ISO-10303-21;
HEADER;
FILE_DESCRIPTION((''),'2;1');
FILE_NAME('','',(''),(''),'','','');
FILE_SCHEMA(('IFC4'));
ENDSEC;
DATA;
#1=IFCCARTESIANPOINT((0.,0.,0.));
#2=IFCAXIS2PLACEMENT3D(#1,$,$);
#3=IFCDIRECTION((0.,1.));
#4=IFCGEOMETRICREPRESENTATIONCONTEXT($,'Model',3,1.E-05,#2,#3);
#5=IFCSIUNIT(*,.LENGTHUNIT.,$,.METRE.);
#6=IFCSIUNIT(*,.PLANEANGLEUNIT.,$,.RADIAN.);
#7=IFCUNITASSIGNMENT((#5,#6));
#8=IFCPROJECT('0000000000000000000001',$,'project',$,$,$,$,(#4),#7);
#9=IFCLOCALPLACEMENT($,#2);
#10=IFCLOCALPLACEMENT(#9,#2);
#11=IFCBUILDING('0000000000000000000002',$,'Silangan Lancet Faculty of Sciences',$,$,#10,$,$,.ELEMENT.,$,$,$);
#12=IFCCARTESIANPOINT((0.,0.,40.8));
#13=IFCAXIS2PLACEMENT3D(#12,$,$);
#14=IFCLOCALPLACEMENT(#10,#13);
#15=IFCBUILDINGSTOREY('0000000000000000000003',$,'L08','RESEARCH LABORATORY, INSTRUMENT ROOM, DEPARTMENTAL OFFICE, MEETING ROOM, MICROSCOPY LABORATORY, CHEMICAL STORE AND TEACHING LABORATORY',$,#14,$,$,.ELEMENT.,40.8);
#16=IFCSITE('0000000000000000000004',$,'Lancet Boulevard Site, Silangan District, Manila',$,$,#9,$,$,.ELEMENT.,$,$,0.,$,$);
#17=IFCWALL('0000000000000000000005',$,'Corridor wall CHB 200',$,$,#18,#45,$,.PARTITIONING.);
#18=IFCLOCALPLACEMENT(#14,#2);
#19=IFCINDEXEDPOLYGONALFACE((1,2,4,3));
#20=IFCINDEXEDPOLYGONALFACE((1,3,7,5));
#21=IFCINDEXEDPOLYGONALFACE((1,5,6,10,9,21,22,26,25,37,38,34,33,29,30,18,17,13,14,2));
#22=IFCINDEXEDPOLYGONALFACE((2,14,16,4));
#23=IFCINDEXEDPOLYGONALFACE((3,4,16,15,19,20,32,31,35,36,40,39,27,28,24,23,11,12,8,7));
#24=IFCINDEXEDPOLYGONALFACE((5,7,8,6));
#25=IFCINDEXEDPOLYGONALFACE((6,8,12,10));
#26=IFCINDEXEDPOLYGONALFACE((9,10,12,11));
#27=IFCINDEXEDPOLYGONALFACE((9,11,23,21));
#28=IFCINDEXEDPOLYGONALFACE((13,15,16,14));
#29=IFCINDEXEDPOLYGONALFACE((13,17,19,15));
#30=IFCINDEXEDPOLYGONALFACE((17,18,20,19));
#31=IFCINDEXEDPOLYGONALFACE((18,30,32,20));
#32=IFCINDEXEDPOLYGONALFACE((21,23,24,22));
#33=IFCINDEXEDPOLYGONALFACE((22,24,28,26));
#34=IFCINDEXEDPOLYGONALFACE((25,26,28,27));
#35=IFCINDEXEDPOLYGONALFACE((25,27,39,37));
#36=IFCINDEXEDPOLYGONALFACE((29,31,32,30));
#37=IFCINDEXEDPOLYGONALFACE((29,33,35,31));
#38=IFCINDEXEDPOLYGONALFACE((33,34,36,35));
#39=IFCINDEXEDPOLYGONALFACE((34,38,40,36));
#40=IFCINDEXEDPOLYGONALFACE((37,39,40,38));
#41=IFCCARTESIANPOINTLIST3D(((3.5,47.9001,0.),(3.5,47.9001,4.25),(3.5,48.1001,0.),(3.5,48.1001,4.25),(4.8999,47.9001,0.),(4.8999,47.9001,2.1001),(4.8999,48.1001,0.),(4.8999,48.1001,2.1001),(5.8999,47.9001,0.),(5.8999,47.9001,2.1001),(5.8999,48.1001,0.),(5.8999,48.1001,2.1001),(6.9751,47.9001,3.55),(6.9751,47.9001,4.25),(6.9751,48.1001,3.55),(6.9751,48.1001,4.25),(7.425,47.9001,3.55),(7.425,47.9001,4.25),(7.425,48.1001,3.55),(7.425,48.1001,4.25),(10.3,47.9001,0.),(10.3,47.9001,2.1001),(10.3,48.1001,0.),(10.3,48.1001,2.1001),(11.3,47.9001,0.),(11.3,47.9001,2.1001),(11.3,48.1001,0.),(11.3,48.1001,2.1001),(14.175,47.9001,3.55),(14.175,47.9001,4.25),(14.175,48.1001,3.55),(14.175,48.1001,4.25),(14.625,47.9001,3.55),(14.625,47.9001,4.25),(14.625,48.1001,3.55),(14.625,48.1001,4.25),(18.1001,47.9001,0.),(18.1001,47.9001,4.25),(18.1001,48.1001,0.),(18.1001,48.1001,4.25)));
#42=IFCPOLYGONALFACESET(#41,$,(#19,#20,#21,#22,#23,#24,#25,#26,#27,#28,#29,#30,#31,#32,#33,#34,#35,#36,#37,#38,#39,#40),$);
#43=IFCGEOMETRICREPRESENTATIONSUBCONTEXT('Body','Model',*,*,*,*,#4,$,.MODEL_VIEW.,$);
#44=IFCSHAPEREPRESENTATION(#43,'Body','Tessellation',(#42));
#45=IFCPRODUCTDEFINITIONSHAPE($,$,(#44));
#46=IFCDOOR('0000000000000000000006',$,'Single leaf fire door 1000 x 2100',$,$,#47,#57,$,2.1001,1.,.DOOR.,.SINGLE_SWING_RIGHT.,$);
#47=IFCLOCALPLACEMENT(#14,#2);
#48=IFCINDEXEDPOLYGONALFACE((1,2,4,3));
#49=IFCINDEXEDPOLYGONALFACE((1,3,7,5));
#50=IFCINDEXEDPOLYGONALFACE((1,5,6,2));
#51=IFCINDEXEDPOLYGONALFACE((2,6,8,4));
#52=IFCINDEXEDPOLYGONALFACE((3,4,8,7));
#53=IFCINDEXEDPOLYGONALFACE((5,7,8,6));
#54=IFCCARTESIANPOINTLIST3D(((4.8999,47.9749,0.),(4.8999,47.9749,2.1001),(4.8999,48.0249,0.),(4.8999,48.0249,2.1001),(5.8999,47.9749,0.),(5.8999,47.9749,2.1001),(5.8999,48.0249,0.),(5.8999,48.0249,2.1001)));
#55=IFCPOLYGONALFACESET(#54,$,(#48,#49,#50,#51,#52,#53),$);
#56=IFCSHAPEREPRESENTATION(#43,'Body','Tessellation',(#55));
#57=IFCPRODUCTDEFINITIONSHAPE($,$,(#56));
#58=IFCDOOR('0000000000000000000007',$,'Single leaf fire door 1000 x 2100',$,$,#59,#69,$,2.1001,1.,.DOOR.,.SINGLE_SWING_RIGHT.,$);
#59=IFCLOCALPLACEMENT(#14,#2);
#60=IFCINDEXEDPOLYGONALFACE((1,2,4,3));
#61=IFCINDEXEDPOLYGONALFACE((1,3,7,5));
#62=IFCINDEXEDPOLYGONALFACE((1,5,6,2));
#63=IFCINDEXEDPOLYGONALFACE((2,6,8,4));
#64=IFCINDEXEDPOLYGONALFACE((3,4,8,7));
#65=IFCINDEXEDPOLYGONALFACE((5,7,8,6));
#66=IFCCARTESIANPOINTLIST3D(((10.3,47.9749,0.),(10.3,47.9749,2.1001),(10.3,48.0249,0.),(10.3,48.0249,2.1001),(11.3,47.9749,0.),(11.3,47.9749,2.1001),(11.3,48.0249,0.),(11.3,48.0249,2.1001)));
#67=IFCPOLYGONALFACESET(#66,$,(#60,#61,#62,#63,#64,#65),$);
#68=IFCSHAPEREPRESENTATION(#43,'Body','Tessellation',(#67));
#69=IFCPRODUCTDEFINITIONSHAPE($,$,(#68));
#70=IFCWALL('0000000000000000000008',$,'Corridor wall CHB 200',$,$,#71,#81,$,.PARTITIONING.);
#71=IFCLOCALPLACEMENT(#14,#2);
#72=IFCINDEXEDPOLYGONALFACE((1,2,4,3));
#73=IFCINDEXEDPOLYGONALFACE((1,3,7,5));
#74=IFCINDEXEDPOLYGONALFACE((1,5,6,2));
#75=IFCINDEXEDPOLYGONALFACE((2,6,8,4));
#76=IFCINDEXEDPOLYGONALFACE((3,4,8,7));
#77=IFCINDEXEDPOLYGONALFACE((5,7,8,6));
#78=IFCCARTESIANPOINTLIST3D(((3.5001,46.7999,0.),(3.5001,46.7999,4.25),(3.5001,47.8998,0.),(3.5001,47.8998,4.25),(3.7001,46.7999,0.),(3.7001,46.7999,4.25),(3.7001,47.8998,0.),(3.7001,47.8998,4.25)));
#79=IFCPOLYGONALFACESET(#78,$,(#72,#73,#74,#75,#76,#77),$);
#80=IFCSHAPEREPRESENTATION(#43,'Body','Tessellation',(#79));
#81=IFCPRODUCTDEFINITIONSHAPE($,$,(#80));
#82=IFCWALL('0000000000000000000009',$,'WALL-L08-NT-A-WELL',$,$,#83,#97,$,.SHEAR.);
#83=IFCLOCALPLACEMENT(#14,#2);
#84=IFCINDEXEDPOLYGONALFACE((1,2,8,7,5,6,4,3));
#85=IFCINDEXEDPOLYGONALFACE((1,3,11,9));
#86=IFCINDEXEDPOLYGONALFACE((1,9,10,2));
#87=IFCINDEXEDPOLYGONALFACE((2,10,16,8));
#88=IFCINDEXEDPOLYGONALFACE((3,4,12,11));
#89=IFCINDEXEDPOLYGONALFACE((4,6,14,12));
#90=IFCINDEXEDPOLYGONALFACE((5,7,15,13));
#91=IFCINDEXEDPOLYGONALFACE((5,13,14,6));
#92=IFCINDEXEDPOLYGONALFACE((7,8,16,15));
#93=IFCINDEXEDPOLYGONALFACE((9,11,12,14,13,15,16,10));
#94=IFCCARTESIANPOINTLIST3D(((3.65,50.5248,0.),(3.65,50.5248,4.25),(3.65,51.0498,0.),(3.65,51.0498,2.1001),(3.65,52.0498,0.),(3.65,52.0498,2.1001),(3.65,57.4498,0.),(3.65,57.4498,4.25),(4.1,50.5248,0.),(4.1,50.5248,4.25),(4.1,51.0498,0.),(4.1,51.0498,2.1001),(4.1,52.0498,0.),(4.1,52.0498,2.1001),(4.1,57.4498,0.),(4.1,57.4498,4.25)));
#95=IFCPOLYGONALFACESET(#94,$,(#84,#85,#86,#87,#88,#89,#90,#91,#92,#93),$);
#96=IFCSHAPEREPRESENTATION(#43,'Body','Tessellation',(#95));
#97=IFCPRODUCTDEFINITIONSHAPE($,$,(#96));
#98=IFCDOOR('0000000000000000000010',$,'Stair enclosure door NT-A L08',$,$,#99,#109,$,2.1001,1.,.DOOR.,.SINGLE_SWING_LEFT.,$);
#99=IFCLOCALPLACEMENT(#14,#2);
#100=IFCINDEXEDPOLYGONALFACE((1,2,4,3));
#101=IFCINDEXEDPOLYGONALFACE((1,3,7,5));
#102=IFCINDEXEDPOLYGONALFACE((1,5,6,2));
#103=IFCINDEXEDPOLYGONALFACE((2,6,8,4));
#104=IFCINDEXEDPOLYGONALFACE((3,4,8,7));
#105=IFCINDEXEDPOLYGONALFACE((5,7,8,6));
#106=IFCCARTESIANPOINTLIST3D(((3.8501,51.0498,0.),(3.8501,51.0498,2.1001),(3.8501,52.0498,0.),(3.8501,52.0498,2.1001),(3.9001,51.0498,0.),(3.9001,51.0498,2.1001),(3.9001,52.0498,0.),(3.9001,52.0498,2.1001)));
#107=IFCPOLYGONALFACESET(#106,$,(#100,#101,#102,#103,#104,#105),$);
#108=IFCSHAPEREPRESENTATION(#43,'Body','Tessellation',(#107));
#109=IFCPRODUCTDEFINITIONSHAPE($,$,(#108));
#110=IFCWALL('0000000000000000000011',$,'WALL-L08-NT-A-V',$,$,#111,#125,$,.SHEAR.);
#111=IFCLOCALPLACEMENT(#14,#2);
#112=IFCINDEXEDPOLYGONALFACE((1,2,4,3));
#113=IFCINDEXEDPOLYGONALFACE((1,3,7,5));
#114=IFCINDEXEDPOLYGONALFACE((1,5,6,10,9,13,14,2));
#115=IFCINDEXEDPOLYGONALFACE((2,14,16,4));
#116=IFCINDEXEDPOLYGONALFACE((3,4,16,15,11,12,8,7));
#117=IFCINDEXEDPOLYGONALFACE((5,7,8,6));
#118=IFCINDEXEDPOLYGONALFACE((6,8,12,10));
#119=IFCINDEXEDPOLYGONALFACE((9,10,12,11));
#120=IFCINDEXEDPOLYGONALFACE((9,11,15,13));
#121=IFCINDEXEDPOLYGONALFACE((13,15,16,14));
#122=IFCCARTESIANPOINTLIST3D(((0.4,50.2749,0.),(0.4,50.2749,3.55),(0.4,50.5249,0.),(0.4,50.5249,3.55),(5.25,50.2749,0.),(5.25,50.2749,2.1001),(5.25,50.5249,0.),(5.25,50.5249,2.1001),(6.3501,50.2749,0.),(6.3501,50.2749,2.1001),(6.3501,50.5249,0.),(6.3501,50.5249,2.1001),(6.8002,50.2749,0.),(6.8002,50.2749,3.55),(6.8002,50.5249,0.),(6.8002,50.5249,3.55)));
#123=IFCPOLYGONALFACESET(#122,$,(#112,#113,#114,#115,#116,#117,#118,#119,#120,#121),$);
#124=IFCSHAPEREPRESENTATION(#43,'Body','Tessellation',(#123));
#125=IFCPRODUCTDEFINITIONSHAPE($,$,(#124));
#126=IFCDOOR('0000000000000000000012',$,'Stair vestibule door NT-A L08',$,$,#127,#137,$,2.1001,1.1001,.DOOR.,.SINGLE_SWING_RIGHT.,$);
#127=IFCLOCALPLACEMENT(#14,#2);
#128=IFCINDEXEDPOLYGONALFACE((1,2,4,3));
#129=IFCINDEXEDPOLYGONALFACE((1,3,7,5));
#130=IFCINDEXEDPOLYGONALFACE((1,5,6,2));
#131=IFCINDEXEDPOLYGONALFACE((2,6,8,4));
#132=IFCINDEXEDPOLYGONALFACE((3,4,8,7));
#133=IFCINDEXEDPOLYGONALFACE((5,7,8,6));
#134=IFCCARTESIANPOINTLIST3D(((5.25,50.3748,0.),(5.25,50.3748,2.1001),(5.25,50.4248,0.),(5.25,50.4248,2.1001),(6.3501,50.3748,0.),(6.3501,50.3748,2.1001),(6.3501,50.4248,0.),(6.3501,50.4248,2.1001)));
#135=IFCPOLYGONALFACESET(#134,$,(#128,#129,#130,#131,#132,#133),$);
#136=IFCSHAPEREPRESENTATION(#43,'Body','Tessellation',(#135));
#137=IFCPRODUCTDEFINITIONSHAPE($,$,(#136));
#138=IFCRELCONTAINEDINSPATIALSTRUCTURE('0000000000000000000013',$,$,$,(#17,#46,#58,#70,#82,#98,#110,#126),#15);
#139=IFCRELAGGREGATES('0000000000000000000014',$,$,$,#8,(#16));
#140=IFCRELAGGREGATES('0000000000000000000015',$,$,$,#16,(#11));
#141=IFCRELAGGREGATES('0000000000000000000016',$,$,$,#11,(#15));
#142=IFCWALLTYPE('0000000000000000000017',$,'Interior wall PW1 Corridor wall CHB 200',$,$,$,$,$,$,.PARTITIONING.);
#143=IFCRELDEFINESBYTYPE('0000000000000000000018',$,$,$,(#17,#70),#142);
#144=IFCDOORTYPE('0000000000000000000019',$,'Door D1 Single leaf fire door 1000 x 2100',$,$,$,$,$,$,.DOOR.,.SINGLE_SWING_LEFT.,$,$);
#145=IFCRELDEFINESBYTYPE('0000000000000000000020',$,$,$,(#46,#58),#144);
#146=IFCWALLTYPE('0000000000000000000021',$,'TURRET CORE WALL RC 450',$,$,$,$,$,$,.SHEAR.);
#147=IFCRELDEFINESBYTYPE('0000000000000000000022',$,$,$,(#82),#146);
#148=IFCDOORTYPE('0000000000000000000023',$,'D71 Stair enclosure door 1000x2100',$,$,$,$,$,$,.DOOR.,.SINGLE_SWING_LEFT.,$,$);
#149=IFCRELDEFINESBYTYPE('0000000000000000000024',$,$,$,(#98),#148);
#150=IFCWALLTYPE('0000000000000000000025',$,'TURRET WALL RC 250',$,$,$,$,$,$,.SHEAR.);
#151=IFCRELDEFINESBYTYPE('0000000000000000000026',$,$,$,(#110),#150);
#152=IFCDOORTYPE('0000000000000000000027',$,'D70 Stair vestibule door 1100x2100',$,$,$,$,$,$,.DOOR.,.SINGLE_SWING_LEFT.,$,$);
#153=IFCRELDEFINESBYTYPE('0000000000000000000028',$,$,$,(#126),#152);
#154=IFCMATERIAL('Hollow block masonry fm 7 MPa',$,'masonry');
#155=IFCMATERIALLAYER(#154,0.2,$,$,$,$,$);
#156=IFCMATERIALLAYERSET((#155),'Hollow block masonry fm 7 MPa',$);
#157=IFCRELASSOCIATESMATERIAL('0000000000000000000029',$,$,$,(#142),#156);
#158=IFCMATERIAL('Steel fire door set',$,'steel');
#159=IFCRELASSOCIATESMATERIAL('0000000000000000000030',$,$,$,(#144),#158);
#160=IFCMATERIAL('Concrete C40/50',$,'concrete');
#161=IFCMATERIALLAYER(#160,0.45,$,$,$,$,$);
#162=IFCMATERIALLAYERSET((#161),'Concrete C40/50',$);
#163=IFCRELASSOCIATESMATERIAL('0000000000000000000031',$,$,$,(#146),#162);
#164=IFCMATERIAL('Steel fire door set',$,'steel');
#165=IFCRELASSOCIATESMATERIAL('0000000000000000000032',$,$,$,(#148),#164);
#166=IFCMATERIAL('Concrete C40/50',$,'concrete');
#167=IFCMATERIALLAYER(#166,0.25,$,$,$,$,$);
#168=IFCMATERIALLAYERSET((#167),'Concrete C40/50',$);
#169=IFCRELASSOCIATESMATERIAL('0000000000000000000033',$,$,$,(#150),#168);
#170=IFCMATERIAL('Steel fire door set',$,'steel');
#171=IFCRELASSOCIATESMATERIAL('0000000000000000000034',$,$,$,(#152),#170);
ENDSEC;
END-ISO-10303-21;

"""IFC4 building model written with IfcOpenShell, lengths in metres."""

from ifc_helpers import new_model, si_unit, direction, frame, frame_2d, origin, place, context, subcontext, project, spatial, polyline, rectangle, outline, extrude, material, layer, layer_set, type_object, element, fill, save


model = new_model("IFC4")

# Units and contexts
model_context = context("Model", 3, precision=1e-05, world=origin(), true_north=direction((0.0, 1.0)))
body_context = subcontext(model_context, "Body", "Model", "MODEL_VIEW")
ifc_project = project(units=[si_unit("LENGTHUNIT", "METRE"), si_unit("PLANEANGLEUNIT", "RADIAN")], contexts=[model_context])

# Site, building, storey
site_placement = place(None, origin())
site = spatial("IfcSite", under=ifc_project, at=site_placement, Name="Lancet Boulevard Site, Silangan District, Manila", CompositionType="ELEMENT", RefElevation=0.0)
building_placement = place(site_placement, origin())
building = spatial("IfcBuilding", under=site, at=building_placement, Name="Silangan Lancet Faculty of Sciences", CompositionType="ELEMENT")
storey_placement = place(building_placement, frame((0.0, 0.0, 40.8)))
storey = spatial("IfcBuildingStorey", under=building, at=storey_placement, Name="L08", Description="RESEARCH LABORATORY, INSTRUMENT ROOM, DEPARTMENTAL OFFICE, MEETING ROOM, MICROSCOPY LABORATORY, CHEMICAL STORE AND TEACHING LABORATORY", CompositionType="ELEMENT", Elevation=40.8)

# Shared definitions
ifc_material_1 = material(Name="Hollow block masonry fm 7 MPa", Category="masonry")
ifc_layer_1 = layer(ifc_material_1, 0.2)
ifc_layer_set_1 = layer_set([ifc_layer_1], Name="Hollow block masonry fm 7 MPa")
wall_type_1 = type_object("IfcWallType", Name="Interior wall PW1 Corridor wall CHB 200", PredefinedType="PARTITIONING", material=ifc_layer_set_1)
ifc_material_2 = material(Name="Steel fire door set", Category="steel")
door_type_1 = type_object("IfcDoorType", Name="Door D1 Single leaf fire door 1000 x 2100", OperationType="SINGLE_SWING_LEFT", PredefinedType="DOOR", material=ifc_material_2)

# Wall, openings, doors
wall_1_placement = place(storey_placement, frame((3.5, 48.0, 0.0), z_axis=(0.0, 0.0, 1.0), x_axis=(1.0, 0.0, 0.0)))
wall_1 = element("IfcWall", 1, at=wall_1_placement, inside=storey, type_object=wall_type_1, Name="Corridor wall CHB 200", PredefinedType="PARTITIONING", context=body_context, shape_type="SweptSolid", body=[
    extrude(outline(polyline([(0.0, 0.0), (14.6001, 0.0), (14.6001, 4.25), (11.125, 4.25), (11.125, 3.55), (10.675, 3.55), (10.675, 4.25), (3.925, 4.25), (3.925, 3.55), (3.4751, 3.55), (3.4751, 4.25), (0.0, 4.25), (0.0, 0.0)])), frame((0.0, 0.1001, 0.0), z_axis=(0.0, -1.0, 0.0), x_axis=(1.0, 0.0, 0.0)), (0.0, 0.0, 1.0), 0.2),
])
opening_1_placement = place(wall_1_placement, frame((1.3999, 0.0, 0.0)))
opening_1 = element("IfcOpeningElement", 2, at=opening_1_placement, cuts=wall_1, PredefinedType="OPENING", context=body_context, shape_type="SweptSolid", body=[
    extrude(rectangle(XDim=1.0, YDim=2.1001, at=frame_2d((0.5, 1.05))), frame((0.0, 0.1099, 0.0), z_axis=(0.0, -1.0, 0.0), x_axis=(1.0, 0.0, 0.0)), (0.0, 0.0, 1.0), 0.22),
])
opening_2_placement = place(wall_1_placement, frame((6.8, 0.0, 0.0)))
opening_2 = element("IfcOpeningElement", 3, at=opening_2_placement, cuts=wall_1, PredefinedType="OPENING", context=body_context, shape_type="SweptSolid", body=[
    extrude(rectangle(XDim=1.0, YDim=2.1001, at=frame_2d((0.5, 1.05))), frame((0.0, 0.1099, 0.0), z_axis=(0.0, -1.0, 0.0), x_axis=(1.0, 0.0, 0.0)), (0.0, 0.0, 1.0), 0.22),
])
door_1_placement = place(opening_1_placement, frame((1.0, 0.0, 0.0), z_axis=(0.0, 0.0, 1.0), x_axis=(-1.0, 0.0, 0.0)))
door_1 = element("IfcDoor", 4, at=door_1_placement, inside=storey, type_object=door_type_1, Name="Single leaf fire door 1000 x 2100", OperationType="SINGLE_SWING_RIGHT", OverallHeight=2.1001, OverallWidth=1.0, PredefinedType="DOOR", context=body_context, shape_type="SweptSolid", body=[
    extrude(rectangle(XDim=1.0, YDim=2.1001, at=frame_2d((0.5, 1.05))), frame((0.0, 0.0251, 0.0), z_axis=(0.0, -1.0, 0.0), x_axis=(1.0, 0.0, 0.0)), (0.0, 0.0, 1.0), 0.05),
])
fill(opening_1, door_1)
door_2_placement = place(opening_2_placement, frame((1.0, 0.0, 0.0), z_axis=(0.0, 0.0, 1.0), x_axis=(-1.0, 0.0, 0.0)))
door_2 = element("IfcDoor", 5, at=door_2_placement, inside=storey, type_object=door_type_1, Name="Single leaf fire door 1000 x 2100", OperationType="SINGLE_SWING_RIGHT", OverallHeight=2.1001, OverallWidth=1.0, PredefinedType="DOOR", context=body_context, shape_type="SweptSolid", body=[
    extrude(rectangle(XDim=1.0, YDim=2.1001, at=frame_2d((0.5, 1.05))), frame((0.0, 0.0251, 0.0), z_axis=(0.0, -1.0, 0.0), x_axis=(1.0, 0.0, 0.0)), (0.0, 0.0, 1.0), 0.05),
])
fill(opening_2, door_2)

# Wall
wall_2_placement = place(storey_placement, frame((3.6001, 46.8, 0.0), z_axis=(0.0, 0.0, 1.0), x_axis=(0.0, 1.0, 0.0)))
element("IfcWall", 6, at=wall_2_placement, inside=storey, type_object=wall_type_1, Name="Corridor wall CHB 200", PredefinedType="PARTITIONING", context=body_context, shape_type="SweptSolid", body=[
    extrude(rectangle(XDim=1.0999, YDim=0.2, at=frame_2d((0.5498, 0.0))), origin(), (0.0, 0.0, 1.0), 4.25),
])

# Walls, openings, doors
ifc_material_3 = material(Name="Concrete C40/50", Category="concrete")
ifc_layer_2 = layer(ifc_material_3, 0.45)
ifc_layer_set_2 = layer_set([ifc_layer_2], Name="Concrete C40/50")
wall_type_2 = type_object("IfcWallType", Name="TURRET CORE WALL RC 450", PredefinedType="SHEAR", material=ifc_layer_set_2)
wall_3_placement = place(storey_placement, frame((3.875, 50.5249, 0.0), z_axis=(0.0, 0.0, 1.0), x_axis=(0.0, 1.0, 0.0)))
wall_3 = element("IfcWall", 7, at=wall_3_placement, inside=storey, type_object=wall_type_2, Name="WALL-L08-NT-A-WELL", PredefinedType="SHEAR", context=body_context, shape_type="SweptSolid", body=[
    extrude(rectangle(XDim=6.925, YDim=0.45, at=frame_2d((3.4624, 0.0))), origin(), (0.0, 0.0, 1.0), 4.25),
])
opening_3_placement = place(wall_3_placement, frame((0.5249, 0.0, 0.0)))
opening_3 = element("IfcOpeningElement", 8, at=opening_3_placement, cuts=wall_3, PredefinedType="OPENING", context=body_context, shape_type="SweptSolid", body=[
    extrude(rectangle(XDim=1.0, YDim=2.1001, at=frame_2d((0.5, 1.05))), frame((0.0, 0.2349, 0.0), z_axis=(0.0, -1.0, 0.0), x_axis=(1.0, 0.0, 0.0)), (0.0, 0.0, 1.0), 0.47),
])
ifc_material_4 = material(Name="Steel fire door set", Category="steel")
door_type_2 = type_object("IfcDoorType", Name="D71 Stair enclosure door 1000x2100", OperationType="SINGLE_SWING_LEFT", PredefinedType="DOOR", material=ifc_material_4)
door_3_placement = place(opening_3_placement, origin())
door_3 = element("IfcDoor", 9, at=door_3_placement, inside=storey, type_object=door_type_2, Name="Stair enclosure door NT-A L08", OperationType="SINGLE_SWING_LEFT", OverallHeight=2.1001, OverallWidth=1.0, PredefinedType="DOOR", context=body_context, shape_type="SweptSolid", body=[
    extrude(rectangle(XDim=1.0, YDim=2.1001, at=frame_2d((0.5, 1.05))), frame((0.0, 0.0249, 0.0), z_axis=(0.0, -1.0, 0.0), x_axis=(1.0, 0.0, 0.0)), (0.0, 0.0, 1.0), 0.05),
])
fill(opening_3, door_3)
ifc_material_5 = material(Name="Concrete C40/50", Category="concrete")
ifc_layer_3 = layer(ifc_material_5, 0.25)
ifc_layer_set_3 = layer_set([ifc_layer_3], Name="Concrete C40/50")
wall_type_3 = type_object("IfcWallType", Name="TURRET WALL RC 250", PredefinedType="SHEAR", material=ifc_layer_set_3)
wall_4_placement = place(storey_placement, frame((0.3999, 50.3999, 0.0), z_axis=(0.0, 0.0, 1.0), x_axis=(1.0, 0.0, 0.0)))
wall_4 = element("IfcWall", 10, at=wall_4_placement, inside=storey, type_object=wall_type_3, Name="WALL-L08-NT-A-V", PredefinedType="SHEAR", context=body_context, shape_type="SweptSolid", body=[
    extrude(rectangle(XDim=6.4001, YDim=0.25, at=frame_2d((3.2002, 0.0))), origin(), (0.0, 0.0, 1.0), 3.55),
])
opening_4_placement = place(wall_4_placement, frame((4.8501, 0.0, 0.0)))
opening_4 = element("IfcOpeningElement", 11, at=opening_4_placement, cuts=wall_4, PredefinedType="OPENING", context=body_context, shape_type="SweptSolid", body=[
    extrude(rectangle(XDim=1.1001, YDim=2.1001, at=frame_2d((0.55, 1.05))), frame((0.0, 0.135, 0.0), z_axis=(0.0, -1.0, 0.0), x_axis=(1.0, 0.0, 0.0)), (0.0, 0.0, 1.0), 0.27),
])
ifc_material_6 = material(Name="Steel fire door set", Category="steel")
door_type_3 = type_object("IfcDoorType", Name="D70 Stair vestibule door 1100x2100", OperationType="SINGLE_SWING_LEFT", PredefinedType="DOOR", material=ifc_material_6)
door_4_placement = place(opening_4_placement, origin())
door_4 = element("IfcDoor", 12, at=door_4_placement, inside=storey, type_object=door_type_3, Name="Stair vestibule door NT-A L08", OperationType="SINGLE_SWING_RIGHT", OverallHeight=2.1001, OverallWidth=1.1001, PredefinedType="DOOR", context=body_context, shape_type="SweptSolid", body=[
    extrude(rectangle(XDim=1.1001, YDim=2.1001, at=frame_2d((0.55, 1.05))), frame((0.0, 0.0249, 0.0), z_axis=(0.0, -1.0, 0.0), x_axis=(1.0, 0.0, 0.0)), (0.0, 0.0, 1.0), 0.05),
])
fill(opening_4, door_4)

save(model, "model.ifc")
